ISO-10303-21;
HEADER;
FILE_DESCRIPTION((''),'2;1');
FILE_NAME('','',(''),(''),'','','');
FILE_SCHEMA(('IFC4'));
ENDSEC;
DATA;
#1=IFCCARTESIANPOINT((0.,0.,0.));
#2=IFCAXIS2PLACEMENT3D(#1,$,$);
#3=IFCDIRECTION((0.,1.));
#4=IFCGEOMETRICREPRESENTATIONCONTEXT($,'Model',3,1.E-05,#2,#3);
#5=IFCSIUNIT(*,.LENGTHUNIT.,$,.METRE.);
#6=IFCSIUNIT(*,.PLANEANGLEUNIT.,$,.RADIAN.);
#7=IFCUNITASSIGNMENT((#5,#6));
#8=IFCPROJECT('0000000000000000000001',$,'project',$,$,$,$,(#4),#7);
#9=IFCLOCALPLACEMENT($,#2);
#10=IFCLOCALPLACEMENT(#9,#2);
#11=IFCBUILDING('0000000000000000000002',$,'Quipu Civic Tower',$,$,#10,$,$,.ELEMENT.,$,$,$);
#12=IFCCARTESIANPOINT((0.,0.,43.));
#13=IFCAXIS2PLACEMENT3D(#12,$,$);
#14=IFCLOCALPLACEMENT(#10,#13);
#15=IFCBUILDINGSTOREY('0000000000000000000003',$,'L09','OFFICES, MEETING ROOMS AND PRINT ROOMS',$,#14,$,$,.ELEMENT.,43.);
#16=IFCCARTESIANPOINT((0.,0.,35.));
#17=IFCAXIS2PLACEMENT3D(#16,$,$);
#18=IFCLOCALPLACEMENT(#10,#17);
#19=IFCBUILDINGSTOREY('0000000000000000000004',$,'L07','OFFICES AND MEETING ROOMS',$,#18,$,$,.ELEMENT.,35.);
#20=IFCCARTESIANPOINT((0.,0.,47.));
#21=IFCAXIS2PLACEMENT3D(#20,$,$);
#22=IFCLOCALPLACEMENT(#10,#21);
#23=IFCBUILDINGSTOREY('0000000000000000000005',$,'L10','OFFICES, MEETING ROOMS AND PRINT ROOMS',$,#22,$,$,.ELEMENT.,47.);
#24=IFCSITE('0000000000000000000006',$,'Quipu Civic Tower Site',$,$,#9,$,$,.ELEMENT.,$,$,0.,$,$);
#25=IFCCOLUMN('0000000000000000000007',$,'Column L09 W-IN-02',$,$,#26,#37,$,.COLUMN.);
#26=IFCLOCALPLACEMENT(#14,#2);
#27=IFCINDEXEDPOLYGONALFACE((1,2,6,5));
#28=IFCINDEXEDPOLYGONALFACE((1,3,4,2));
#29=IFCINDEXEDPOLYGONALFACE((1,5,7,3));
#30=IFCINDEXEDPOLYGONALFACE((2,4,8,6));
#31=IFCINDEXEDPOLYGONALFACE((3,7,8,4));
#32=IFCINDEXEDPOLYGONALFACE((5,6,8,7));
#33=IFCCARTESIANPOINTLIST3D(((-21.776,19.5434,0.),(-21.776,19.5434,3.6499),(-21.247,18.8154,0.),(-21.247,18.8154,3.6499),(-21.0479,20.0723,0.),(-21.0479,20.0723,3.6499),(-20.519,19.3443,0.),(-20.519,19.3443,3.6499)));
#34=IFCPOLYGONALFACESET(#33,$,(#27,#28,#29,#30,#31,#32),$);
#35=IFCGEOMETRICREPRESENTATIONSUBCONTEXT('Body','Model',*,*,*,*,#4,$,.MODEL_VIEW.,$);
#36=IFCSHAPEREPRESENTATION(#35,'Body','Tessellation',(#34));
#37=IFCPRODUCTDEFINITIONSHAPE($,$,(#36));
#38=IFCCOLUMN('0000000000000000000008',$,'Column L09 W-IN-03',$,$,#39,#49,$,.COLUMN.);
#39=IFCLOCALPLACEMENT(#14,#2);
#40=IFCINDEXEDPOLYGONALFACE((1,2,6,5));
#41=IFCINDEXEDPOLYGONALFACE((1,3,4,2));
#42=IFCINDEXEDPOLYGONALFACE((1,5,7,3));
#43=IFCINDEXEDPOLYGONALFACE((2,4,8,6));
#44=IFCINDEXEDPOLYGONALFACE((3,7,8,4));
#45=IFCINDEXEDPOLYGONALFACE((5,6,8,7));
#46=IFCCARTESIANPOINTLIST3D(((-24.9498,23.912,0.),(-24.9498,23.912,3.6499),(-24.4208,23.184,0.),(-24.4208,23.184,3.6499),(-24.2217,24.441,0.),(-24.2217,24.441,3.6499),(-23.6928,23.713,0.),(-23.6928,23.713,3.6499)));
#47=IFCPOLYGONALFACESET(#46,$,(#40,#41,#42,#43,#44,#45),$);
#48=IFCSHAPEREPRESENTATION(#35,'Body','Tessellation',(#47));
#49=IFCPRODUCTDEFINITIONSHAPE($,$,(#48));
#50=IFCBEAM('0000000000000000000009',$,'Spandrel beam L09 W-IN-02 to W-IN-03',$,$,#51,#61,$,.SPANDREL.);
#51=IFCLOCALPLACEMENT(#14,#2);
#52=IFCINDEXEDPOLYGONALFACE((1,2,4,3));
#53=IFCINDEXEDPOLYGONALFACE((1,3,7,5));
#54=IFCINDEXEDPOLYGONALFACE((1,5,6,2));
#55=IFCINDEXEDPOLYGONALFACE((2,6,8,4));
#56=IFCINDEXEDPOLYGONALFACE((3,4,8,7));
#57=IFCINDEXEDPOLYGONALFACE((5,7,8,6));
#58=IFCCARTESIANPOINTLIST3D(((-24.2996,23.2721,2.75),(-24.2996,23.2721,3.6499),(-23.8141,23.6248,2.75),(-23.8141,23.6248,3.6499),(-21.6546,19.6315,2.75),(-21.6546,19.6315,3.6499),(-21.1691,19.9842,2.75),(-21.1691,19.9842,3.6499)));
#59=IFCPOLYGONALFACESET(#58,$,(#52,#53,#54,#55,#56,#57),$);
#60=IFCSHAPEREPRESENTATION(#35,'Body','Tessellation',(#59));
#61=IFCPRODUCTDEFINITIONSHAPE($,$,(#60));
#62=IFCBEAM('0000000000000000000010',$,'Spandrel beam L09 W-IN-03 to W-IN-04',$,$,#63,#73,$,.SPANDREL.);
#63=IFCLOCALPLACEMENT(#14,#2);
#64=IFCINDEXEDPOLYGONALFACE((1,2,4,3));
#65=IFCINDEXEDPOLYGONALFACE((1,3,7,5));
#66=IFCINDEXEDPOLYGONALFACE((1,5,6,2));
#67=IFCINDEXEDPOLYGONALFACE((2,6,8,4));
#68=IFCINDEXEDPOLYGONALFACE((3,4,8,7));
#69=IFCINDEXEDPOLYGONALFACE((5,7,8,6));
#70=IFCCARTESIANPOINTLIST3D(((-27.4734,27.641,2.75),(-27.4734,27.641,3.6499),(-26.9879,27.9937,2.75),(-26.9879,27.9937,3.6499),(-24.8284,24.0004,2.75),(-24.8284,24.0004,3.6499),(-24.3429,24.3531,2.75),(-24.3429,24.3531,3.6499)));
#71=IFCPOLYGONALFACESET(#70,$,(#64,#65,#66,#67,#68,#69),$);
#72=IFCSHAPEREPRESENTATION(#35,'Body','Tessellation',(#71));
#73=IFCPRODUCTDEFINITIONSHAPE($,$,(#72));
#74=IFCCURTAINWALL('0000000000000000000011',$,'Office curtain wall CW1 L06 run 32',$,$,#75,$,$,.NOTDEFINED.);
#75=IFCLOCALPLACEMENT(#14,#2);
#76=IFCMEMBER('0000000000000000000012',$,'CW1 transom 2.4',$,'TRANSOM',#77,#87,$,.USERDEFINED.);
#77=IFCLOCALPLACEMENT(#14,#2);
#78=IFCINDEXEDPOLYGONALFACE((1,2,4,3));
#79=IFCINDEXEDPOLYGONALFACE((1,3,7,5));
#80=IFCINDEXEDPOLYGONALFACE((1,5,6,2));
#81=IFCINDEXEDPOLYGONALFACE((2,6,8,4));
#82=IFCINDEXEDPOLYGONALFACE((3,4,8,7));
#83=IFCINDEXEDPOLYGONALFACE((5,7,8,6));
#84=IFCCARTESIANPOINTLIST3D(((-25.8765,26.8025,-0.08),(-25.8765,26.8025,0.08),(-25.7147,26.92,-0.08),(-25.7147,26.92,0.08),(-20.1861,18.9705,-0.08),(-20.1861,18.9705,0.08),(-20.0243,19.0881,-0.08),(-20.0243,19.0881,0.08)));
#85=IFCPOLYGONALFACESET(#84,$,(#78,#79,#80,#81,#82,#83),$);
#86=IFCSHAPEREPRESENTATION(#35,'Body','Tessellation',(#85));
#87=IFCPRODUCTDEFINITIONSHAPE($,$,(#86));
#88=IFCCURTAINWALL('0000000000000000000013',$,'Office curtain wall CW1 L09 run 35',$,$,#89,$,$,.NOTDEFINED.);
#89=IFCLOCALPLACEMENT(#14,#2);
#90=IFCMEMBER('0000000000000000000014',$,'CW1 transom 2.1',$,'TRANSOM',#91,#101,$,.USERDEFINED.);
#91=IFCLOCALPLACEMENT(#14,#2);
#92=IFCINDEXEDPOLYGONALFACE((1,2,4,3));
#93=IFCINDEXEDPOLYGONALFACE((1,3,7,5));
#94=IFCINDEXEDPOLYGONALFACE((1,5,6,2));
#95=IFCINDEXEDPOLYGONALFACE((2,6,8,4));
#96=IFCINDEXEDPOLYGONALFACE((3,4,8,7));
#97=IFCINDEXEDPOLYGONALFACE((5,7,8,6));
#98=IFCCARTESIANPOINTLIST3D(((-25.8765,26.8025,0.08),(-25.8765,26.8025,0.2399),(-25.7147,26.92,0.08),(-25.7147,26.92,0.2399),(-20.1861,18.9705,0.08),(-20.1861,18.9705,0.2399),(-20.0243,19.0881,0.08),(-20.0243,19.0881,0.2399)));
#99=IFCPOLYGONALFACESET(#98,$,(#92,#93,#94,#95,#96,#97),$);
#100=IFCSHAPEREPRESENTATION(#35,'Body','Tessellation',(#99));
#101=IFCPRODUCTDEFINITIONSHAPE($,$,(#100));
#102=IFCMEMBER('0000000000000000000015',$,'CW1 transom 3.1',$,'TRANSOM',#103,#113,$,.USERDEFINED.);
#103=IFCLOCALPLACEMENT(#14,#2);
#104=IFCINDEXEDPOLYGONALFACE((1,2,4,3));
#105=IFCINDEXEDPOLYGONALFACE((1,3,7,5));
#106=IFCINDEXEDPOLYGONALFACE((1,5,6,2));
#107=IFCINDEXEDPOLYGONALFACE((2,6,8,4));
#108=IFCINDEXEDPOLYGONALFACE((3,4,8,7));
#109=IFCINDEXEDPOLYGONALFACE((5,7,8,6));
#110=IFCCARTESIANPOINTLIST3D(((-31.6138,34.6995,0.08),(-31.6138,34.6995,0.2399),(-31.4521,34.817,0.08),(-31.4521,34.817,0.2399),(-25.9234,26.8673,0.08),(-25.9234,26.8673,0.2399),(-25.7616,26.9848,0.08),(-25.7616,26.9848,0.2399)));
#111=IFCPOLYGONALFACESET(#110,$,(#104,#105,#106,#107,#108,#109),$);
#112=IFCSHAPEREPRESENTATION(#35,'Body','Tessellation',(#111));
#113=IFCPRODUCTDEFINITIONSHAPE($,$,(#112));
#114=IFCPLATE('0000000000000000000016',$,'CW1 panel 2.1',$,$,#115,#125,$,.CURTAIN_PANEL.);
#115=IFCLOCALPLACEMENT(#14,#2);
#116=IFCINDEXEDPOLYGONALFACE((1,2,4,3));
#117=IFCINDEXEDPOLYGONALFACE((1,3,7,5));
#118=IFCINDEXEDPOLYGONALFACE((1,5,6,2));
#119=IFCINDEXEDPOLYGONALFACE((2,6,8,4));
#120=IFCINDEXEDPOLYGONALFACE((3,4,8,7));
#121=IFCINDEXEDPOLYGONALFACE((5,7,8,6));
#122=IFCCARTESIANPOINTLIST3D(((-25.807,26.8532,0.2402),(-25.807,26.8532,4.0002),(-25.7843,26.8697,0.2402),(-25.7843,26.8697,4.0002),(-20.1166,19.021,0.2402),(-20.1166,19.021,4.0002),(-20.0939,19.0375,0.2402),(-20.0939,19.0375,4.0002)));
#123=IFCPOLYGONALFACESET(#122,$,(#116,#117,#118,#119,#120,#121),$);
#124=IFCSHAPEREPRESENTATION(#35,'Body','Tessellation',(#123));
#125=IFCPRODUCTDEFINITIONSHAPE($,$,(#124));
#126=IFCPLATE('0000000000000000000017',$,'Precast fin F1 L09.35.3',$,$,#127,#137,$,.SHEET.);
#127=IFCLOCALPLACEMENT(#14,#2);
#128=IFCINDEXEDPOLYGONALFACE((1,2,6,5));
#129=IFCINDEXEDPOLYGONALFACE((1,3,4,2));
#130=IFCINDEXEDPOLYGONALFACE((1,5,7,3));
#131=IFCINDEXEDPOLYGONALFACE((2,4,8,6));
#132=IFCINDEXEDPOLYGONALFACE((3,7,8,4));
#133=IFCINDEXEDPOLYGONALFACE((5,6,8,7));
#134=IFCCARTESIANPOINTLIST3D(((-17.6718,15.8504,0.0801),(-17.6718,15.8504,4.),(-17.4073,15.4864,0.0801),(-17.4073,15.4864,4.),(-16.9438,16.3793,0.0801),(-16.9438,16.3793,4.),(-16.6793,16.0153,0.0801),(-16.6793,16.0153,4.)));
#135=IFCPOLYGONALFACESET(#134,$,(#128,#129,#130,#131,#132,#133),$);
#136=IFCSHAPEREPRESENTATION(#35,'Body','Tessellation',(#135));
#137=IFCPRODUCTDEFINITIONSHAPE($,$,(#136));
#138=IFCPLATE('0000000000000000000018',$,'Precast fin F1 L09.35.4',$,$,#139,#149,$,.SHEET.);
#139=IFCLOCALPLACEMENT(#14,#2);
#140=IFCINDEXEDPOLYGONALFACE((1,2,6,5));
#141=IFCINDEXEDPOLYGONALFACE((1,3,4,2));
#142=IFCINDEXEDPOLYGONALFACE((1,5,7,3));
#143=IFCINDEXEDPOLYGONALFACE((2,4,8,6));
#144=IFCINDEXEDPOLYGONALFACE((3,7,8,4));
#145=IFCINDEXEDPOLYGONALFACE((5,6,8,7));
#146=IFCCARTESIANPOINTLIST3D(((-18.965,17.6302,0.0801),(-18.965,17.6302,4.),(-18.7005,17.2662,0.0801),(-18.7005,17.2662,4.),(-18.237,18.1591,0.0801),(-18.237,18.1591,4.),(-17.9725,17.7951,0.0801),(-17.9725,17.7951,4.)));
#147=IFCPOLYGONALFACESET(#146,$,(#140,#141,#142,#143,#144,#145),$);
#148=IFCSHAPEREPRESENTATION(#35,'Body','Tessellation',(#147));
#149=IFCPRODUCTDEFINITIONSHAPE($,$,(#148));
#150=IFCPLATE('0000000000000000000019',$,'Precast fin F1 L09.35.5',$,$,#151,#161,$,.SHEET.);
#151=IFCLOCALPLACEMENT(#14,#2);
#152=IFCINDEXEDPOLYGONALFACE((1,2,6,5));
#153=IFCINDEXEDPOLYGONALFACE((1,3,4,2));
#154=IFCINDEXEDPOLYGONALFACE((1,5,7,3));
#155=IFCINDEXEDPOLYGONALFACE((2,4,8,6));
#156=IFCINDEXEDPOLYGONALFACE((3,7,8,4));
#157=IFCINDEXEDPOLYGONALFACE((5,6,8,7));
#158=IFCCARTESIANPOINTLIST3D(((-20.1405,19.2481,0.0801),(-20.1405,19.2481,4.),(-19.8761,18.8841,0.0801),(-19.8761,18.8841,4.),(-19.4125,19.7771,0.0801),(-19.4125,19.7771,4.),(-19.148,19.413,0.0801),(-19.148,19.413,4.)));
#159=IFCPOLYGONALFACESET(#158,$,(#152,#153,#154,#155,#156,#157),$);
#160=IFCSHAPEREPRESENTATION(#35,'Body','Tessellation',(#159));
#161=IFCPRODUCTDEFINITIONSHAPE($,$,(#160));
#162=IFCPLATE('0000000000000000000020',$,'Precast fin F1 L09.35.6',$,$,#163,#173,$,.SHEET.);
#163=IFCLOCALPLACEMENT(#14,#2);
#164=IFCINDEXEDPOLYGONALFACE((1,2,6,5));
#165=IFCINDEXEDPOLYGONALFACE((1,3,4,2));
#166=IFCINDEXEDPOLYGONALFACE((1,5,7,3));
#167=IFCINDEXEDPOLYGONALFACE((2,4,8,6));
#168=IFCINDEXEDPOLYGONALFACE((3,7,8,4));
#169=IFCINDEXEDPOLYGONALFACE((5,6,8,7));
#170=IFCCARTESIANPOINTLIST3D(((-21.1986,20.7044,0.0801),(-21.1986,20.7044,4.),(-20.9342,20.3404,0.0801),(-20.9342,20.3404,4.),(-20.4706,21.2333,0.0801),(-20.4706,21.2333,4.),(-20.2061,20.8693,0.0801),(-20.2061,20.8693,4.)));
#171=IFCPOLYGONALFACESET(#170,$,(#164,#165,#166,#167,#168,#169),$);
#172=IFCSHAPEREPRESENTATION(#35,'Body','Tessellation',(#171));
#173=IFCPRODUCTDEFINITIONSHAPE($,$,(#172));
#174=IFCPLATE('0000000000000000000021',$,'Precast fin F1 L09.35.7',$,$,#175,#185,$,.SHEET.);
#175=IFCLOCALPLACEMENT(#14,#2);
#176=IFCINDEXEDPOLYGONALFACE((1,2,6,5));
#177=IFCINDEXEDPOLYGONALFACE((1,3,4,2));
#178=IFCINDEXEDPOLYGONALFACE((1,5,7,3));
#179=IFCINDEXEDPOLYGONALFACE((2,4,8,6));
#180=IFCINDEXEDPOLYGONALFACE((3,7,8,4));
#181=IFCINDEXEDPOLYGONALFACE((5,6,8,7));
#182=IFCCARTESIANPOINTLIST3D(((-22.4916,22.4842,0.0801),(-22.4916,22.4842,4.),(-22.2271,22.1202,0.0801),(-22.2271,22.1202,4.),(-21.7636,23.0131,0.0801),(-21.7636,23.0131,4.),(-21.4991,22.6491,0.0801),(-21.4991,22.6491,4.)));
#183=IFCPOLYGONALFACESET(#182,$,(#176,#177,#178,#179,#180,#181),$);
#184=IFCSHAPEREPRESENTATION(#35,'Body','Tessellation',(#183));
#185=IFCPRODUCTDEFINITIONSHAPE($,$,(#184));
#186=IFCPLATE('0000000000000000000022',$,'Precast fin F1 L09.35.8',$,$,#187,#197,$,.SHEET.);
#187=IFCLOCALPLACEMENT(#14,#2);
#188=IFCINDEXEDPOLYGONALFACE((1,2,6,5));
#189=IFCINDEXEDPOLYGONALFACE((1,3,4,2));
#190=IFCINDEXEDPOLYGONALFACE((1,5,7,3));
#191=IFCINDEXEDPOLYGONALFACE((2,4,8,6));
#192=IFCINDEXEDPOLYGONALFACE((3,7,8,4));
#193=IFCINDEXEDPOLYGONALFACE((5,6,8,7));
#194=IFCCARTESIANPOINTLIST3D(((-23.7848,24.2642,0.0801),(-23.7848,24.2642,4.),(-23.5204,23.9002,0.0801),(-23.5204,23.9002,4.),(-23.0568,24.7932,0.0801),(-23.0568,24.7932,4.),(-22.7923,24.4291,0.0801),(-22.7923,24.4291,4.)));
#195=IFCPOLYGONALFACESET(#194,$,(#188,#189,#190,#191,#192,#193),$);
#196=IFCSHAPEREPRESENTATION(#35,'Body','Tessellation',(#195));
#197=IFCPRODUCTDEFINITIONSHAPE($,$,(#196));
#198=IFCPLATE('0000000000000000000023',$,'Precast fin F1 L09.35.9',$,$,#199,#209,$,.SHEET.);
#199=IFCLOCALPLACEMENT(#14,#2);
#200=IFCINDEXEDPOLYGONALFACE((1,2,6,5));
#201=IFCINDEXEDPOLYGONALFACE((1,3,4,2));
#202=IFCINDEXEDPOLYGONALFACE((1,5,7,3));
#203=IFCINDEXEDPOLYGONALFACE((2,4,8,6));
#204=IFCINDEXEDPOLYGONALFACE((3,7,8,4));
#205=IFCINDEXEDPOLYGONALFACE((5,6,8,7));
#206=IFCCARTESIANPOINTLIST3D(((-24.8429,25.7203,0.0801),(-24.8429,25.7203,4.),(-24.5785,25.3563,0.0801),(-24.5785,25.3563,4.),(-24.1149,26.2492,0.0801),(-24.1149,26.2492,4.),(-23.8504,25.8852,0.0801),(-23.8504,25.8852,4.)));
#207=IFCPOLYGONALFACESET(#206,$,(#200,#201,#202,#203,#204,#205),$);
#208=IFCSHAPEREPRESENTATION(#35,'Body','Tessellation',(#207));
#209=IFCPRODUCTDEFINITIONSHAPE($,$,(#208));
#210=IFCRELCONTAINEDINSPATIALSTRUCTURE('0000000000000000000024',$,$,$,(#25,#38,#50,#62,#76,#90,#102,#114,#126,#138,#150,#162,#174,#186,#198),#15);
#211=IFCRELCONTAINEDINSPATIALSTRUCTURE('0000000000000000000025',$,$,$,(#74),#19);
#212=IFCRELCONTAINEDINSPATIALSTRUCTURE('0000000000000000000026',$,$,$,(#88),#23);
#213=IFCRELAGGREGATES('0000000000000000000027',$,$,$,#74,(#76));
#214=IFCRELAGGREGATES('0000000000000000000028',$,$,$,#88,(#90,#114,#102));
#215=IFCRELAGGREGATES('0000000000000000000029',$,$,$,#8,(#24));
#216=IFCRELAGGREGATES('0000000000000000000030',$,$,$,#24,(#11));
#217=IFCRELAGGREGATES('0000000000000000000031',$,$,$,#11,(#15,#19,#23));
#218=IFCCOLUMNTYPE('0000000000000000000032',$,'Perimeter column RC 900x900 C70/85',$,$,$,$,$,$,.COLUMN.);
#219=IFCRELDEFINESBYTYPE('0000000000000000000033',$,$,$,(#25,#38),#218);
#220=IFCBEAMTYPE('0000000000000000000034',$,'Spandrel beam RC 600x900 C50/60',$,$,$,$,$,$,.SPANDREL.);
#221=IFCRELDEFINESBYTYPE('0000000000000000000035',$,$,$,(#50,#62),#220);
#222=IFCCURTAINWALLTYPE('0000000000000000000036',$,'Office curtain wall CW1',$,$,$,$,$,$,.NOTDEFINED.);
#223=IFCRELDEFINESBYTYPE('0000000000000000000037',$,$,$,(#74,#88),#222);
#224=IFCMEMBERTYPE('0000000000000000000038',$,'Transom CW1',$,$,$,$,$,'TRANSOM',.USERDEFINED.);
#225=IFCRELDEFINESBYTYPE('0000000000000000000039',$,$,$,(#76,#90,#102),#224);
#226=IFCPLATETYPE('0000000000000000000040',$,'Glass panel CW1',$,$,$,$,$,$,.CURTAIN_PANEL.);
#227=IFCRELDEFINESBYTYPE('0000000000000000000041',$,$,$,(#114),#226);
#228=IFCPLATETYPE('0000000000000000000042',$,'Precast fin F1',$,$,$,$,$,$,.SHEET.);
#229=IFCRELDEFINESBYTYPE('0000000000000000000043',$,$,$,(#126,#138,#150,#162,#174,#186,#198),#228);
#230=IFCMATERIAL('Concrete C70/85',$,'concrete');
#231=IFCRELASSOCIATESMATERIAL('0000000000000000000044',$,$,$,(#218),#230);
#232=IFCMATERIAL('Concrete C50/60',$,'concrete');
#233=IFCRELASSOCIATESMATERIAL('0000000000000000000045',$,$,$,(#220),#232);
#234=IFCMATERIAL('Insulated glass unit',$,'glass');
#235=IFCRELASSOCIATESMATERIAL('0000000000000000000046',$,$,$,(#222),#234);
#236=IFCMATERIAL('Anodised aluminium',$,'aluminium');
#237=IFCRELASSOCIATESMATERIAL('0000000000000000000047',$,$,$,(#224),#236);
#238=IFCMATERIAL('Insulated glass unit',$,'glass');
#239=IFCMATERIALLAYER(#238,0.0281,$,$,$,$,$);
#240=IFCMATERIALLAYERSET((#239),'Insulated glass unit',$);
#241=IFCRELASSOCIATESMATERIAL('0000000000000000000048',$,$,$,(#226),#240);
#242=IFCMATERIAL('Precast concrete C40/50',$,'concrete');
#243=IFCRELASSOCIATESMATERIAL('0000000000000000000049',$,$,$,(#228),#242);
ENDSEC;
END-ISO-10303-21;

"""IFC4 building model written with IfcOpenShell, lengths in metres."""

from ifc_helpers import new_model, si_unit, direction, frame, origin, origin_2d, place, context, subcontext, project, spatial, rectangle, extrude, material, layer, layer_set, material_profile, profile_set, type_object, element, aggregate, save


model = new_model("IFC4")

# Units and contexts
model_context = context("Model", 3, precision=1e-05, world=origin(), true_north=direction((0.0, 1.0)))
body_context = subcontext(model_context, "Body", "Model", "MODEL_VIEW")
ifc_project = project(units=[si_unit("LENGTHUNIT", "METRE"), si_unit("PLANEANGLEUNIT", "RADIAN")], contexts=[model_context])

# Site, building, storey
site_placement = place(None, origin())
site = spatial("IfcSite", under=ifc_project, at=site_placement, Name="Quipu Civic Tower Site", CompositionType="ELEMENT", RefElevation=0.0)
building_placement = place(site_placement, origin())
building = spatial("IfcBuilding", under=site, at=building_placement, Name="Quipu Civic Tower", CompositionType="ELEMENT")
storey_1_placement = place(building_placement, frame((0.0, 0.0, 43.0)))
storey_1 = spatial("IfcBuildingStorey", under=building, at=storey_1_placement, Name="L09", Description="OFFICES, MEETING ROOMS AND PRINT ROOMS", CompositionType="ELEMENT", Elevation=43.0)

# Columns
ifc_material_1 = material(Name="Concrete C70/85", Category="concrete")
ifc_material_profile_1 = material_profile(ifc_material_1, rectangle(XDim=0.8999, YDim=0.8999, at=origin_2d()), Name="RC900x900")
ifc_profile_set_1 = profile_set([ifc_material_profile_1], Name="Concrete C70/85")
column_type = type_object("IfcColumnType", Name="Perimeter column RC 900x900 C70/85", PredefinedType="COLUMN", material=ifc_profile_set_1)
for number, where, z_axis, x_axis, name in (
    (1, (-21.1475, 19.4438, 0.0), (0.0, 0.0, 1.0), (-0.587785, 0.809017, 0.0), "Column L09 W-IN-02"),
    (2, (-24.3213, 23.8125, 0.0), (0.0, 0.0, 1.0), (-0.587785, 0.809017, 0.0), "Column L09 W-IN-03"),
):
    element("IfcColumn", number, at=place(storey_1_placement, frame(where, z_axis=z_axis, x_axis=x_axis)), inside=storey_1, type_object=column_type, Name=name, PredefinedType="COLUMN", context=body_context, shape_type="SweptSolid", body=[
        extrude(rectangle(XDim=0.8999, YDim=0.8999, at=origin_2d()), origin(), (0.0, 0.0, 1.0), 3.6499),
    ])

# Beams
ifc_material_2 = material(Name="Concrete C50/60", Category="concrete")
ifc_material_profile_2 = material_profile(ifc_material_2, rectangle(XDim=0.6001, YDim=0.8999, at=origin_2d()), Name="RC600x900")
ifc_profile_set_2 = profile_set([ifc_material_profile_2], Name="Concrete C50/60")
beam_type = type_object("IfcBeamType", Name="Spandrel beam RC 600x900 C50/60", PredefinedType="SPANDREL", material=ifc_profile_set_2)
for number, where, z_axis, x_axis, name in (
    (3, (-21.4119, 19.8079, 3.2), (-0.587778, 0.809022, 0.0), (-0.809022, -0.587778, 0.0), "Spandrel beam L09 W-IN-02 to W-IN-03"),
    (4, (-24.5857, 24.1768, 3.2), (-0.587778, 0.809022, 0.0), (-0.809022, -0.587778, 0.0), "Spandrel beam L09 W-IN-03 to W-IN-04"),
):
    element("IfcBeam", number, at=place(storey_1_placement, frame(where, z_axis=z_axis, x_axis=x_axis)), inside=storey_1, type_object=beam_type, Name=name, PredefinedType="SPANDREL", context=body_context, shape_type="SweptSolid", body=[
        extrude(rectangle(XDim=0.6001, YDim=0.8999, at=origin_2d()), origin(), (0.0, 0.0, 1.0), 4.5),
    ])

# Shared definitions
storey_2_placement = place(building_placement, frame((0.0, 0.0, 35.0)))
storey_2 = spatial("IfcBuildingStorey", under=building, at=storey_2_placement, Name="L07", Description="OFFICES AND MEETING ROOMS", CompositionType="ELEMENT", Elevation=35.0)

# Curtain wall, member
ifc_material_3 = material(Name="Insulated glass unit", Category="glass")
curtain_wall_type = type_object("IfcCurtainWallType", Name="Office curtain wall CW1", PredefinedType="NOTDEFINED", material=ifc_material_3)
curtain_wall_1_placement = place(storey_2_placement, origin())
curtain_wall_1 = element("IfcCurtainWall", 5, at=curtain_wall_1_placement, inside=storey_2, type_object=curtain_wall_type, Name="Office curtain wall CW1 L06 run 32", PredefinedType="NOTDEFINED")
ifc_material_4 = material(Name="Anodised aluminium", Category="aluminium")
ifc_material_profile_3 = material_profile(ifc_material_4, rectangle(XDim=0.2, YDim=0.1599, at=origin_2d()), Name="RECT 200x160")
ifc_profile_set_3 = profile_set([ifc_material_profile_3], Name="Anodised aluminium")
member_type = type_object("IfcMemberType", Name="Transom CW1", ElementType="TRANSOM", PredefinedType="USERDEFINED", material=ifc_profile_set_3)
member_1_placement = place(storey_1_placement, frame((-20.1052, 19.0293, 0.0), z_axis=(-0.587794, 0.809011, 0.0), x_axis=(-0.809011, -0.587794, 0.0)))
member_1 = element("IfcMember", 6, at=member_1_placement, inside=storey_1, type_object=member_type, Name="CW1 transom 2.4", ObjectType="TRANSOM", PredefinedType="USERDEFINED", context=body_context, shape_type="SweptSolid", body=[
    extrude(rectangle(XDim=0.2, YDim=0.1599, at=origin_2d()), origin(), (0.0, 0.0, 1.0), 9.6809),
])
aggregate(curtain_wall_1, [member_1])

# Shared definitions
storey_3_placement = place(building_placement, frame((0.0, 0.0, 47.0)))
storey_3 = spatial("IfcBuildingStorey", under=building, at=storey_3_placement, Name="L10", Description="OFFICES, MEETING ROOMS AND PRINT ROOMS", CompositionType="ELEMENT", Elevation=47.0)

# Curtain wall, members, plate
curtain_wall_2_placement = place(storey_3_placement, origin())
curtain_wall_2 = element("IfcCurtainWall", 7, at=curtain_wall_2_placement, inside=storey_3, type_object=curtain_wall_type, Name="Office curtain wall CW1 L09 run 35", PredefinedType="NOTDEFINED")
member_2_placement = place(storey_1_placement, frame((-20.1052, 19.0293, 0.1599), z_axis=(-0.587794, 0.809011, 0.0), x_axis=(-0.809011, -0.587794, 0.0)))
member_2 = element("IfcMember", 8, at=member_2_placement, inside=storey_1, type_object=member_type, Name="CW1 transom 2.1", ObjectType="TRANSOM", PredefinedType="USERDEFINED", context=body_context, shape_type="SweptSolid", body=[
    extrude(rectangle(XDim=0.2, YDim=0.1599, at=origin_2d()), origin(), (0.0, 0.0, 1.0), 9.6809),
])
member_3_placement = place(storey_1_placement, frame((-25.8425, 26.926, 0.1599), z_axis=(-0.587782, 0.80902, 0.0), x_axis=(-0.80902, -0.587782, 0.0)))
member_3 = element("IfcMember", 9, at=member_3_placement, inside=storey_1, type_object=member_type, Name="CW1 transom 3.1", ObjectType="TRANSOM", PredefinedType="USERDEFINED", context=body_context, shape_type="SweptSolid", body=[
    extrude(rectangle(XDim=0.2, YDim=0.1599, at=origin_2d()), origin(), (0.0, 0.0, 1.0), 9.6812),
])
ifc_material_5 = material(Name="Insulated glass unit", Category="glass")
ifc_layer_1 = layer(ifc_material_5, 0.0281)
ifc_layer_set_1 = layer_set([ifc_layer_1], Name="Insulated glass unit")
plate_type_1 = type_object("IfcPlateType", Name="Glass panel CW1", PredefinedType="CURTAIN_PANEL", material=ifc_layer_set_1)
plate_placement = place(storey_1_placement, frame((-22.9504, 22.9453, 0.2402), z_axis=(0.0, 0.0, 1.0), x_axis=(-0.587786, 0.809017, 0.0)))
plate = element("IfcPlate", 10, at=plate_placement, inside=storey_1, type_object=plate_type_1, Name="CW1 panel 2.1", PredefinedType="CURTAIN_PANEL", context=body_context, shape_type="SweptSolid", body=[
    extrude(rectangle(XDim=9.6812, YDim=0.0281, at=origin_2d()), origin(), (0.0, 0.0, 1.0), 3.76),
])
aggregate(curtain_wall_2, [member_2, plate, member_3])

# Plates
ifc_material_6 = material(Name="Precast concrete C40/50", Category="concrete")
plate_type_2 = type_object("IfcPlateType", Name="Precast fin F1", PredefinedType="SHEET", material=ifc_material_6)
for number, where, z_axis, x_axis, name in (
    (11, (-17.1755, 15.9329, 0.0801), (0.0, 0.0, 1.0), (-0.587785, 0.809017, 0.0), "Precast fin F1 L09.35.3"),
    (12, (-18.4688, 17.7126, 0.0801), (0.0, 0.0, 1.0), (-0.587785, 0.809017, 0.0), "Precast fin F1 L09.35.4"),
    (13, (-19.6443, 19.3306, 0.0801), (0.0, 0.0, 1.0), (-0.587785, 0.809017, 0.0), "Precast fin F1 L09.35.5"),
    (14, (-20.7024, 20.7869, 0.0801), (0.0, 0.0, 1.0), (-0.587785, 0.809017, 0.0), "Precast fin F1 L09.35.6"),
    (15, (-21.9954, 22.5667, 0.0801), (0.0, 0.0, 1.0), (-0.587785, 0.809017, 0.0), "Precast fin F1 L09.35.7"),
    (16, (-23.2886, 24.3467, 0.0801), (0.0, 0.0, 1.0), (-0.587785, 0.809017, 0.0), "Precast fin F1 L09.35.8"),
    (17, (-24.3467, 25.8027, 0.0801), (0.0, 0.0, 1.0), (-0.587785, 0.809017, 0.0), "Precast fin F1 L09.35.9"),
):
    element("IfcPlate", number, at=place(storey_1_placement, frame(where, z_axis=z_axis, x_axis=x_axis)), inside=storey_1, type_object=plate_type_2, Name=name, PredefinedType="SHEET", context=body_context, shape_type="SweptSolid", body=[
        extrude(rectangle(XDim=0.45, YDim=0.8999, at=origin_2d()), origin(), (0.0, 0.0, 1.0), 3.9199),
    ])

save(model, "model.ifc")
